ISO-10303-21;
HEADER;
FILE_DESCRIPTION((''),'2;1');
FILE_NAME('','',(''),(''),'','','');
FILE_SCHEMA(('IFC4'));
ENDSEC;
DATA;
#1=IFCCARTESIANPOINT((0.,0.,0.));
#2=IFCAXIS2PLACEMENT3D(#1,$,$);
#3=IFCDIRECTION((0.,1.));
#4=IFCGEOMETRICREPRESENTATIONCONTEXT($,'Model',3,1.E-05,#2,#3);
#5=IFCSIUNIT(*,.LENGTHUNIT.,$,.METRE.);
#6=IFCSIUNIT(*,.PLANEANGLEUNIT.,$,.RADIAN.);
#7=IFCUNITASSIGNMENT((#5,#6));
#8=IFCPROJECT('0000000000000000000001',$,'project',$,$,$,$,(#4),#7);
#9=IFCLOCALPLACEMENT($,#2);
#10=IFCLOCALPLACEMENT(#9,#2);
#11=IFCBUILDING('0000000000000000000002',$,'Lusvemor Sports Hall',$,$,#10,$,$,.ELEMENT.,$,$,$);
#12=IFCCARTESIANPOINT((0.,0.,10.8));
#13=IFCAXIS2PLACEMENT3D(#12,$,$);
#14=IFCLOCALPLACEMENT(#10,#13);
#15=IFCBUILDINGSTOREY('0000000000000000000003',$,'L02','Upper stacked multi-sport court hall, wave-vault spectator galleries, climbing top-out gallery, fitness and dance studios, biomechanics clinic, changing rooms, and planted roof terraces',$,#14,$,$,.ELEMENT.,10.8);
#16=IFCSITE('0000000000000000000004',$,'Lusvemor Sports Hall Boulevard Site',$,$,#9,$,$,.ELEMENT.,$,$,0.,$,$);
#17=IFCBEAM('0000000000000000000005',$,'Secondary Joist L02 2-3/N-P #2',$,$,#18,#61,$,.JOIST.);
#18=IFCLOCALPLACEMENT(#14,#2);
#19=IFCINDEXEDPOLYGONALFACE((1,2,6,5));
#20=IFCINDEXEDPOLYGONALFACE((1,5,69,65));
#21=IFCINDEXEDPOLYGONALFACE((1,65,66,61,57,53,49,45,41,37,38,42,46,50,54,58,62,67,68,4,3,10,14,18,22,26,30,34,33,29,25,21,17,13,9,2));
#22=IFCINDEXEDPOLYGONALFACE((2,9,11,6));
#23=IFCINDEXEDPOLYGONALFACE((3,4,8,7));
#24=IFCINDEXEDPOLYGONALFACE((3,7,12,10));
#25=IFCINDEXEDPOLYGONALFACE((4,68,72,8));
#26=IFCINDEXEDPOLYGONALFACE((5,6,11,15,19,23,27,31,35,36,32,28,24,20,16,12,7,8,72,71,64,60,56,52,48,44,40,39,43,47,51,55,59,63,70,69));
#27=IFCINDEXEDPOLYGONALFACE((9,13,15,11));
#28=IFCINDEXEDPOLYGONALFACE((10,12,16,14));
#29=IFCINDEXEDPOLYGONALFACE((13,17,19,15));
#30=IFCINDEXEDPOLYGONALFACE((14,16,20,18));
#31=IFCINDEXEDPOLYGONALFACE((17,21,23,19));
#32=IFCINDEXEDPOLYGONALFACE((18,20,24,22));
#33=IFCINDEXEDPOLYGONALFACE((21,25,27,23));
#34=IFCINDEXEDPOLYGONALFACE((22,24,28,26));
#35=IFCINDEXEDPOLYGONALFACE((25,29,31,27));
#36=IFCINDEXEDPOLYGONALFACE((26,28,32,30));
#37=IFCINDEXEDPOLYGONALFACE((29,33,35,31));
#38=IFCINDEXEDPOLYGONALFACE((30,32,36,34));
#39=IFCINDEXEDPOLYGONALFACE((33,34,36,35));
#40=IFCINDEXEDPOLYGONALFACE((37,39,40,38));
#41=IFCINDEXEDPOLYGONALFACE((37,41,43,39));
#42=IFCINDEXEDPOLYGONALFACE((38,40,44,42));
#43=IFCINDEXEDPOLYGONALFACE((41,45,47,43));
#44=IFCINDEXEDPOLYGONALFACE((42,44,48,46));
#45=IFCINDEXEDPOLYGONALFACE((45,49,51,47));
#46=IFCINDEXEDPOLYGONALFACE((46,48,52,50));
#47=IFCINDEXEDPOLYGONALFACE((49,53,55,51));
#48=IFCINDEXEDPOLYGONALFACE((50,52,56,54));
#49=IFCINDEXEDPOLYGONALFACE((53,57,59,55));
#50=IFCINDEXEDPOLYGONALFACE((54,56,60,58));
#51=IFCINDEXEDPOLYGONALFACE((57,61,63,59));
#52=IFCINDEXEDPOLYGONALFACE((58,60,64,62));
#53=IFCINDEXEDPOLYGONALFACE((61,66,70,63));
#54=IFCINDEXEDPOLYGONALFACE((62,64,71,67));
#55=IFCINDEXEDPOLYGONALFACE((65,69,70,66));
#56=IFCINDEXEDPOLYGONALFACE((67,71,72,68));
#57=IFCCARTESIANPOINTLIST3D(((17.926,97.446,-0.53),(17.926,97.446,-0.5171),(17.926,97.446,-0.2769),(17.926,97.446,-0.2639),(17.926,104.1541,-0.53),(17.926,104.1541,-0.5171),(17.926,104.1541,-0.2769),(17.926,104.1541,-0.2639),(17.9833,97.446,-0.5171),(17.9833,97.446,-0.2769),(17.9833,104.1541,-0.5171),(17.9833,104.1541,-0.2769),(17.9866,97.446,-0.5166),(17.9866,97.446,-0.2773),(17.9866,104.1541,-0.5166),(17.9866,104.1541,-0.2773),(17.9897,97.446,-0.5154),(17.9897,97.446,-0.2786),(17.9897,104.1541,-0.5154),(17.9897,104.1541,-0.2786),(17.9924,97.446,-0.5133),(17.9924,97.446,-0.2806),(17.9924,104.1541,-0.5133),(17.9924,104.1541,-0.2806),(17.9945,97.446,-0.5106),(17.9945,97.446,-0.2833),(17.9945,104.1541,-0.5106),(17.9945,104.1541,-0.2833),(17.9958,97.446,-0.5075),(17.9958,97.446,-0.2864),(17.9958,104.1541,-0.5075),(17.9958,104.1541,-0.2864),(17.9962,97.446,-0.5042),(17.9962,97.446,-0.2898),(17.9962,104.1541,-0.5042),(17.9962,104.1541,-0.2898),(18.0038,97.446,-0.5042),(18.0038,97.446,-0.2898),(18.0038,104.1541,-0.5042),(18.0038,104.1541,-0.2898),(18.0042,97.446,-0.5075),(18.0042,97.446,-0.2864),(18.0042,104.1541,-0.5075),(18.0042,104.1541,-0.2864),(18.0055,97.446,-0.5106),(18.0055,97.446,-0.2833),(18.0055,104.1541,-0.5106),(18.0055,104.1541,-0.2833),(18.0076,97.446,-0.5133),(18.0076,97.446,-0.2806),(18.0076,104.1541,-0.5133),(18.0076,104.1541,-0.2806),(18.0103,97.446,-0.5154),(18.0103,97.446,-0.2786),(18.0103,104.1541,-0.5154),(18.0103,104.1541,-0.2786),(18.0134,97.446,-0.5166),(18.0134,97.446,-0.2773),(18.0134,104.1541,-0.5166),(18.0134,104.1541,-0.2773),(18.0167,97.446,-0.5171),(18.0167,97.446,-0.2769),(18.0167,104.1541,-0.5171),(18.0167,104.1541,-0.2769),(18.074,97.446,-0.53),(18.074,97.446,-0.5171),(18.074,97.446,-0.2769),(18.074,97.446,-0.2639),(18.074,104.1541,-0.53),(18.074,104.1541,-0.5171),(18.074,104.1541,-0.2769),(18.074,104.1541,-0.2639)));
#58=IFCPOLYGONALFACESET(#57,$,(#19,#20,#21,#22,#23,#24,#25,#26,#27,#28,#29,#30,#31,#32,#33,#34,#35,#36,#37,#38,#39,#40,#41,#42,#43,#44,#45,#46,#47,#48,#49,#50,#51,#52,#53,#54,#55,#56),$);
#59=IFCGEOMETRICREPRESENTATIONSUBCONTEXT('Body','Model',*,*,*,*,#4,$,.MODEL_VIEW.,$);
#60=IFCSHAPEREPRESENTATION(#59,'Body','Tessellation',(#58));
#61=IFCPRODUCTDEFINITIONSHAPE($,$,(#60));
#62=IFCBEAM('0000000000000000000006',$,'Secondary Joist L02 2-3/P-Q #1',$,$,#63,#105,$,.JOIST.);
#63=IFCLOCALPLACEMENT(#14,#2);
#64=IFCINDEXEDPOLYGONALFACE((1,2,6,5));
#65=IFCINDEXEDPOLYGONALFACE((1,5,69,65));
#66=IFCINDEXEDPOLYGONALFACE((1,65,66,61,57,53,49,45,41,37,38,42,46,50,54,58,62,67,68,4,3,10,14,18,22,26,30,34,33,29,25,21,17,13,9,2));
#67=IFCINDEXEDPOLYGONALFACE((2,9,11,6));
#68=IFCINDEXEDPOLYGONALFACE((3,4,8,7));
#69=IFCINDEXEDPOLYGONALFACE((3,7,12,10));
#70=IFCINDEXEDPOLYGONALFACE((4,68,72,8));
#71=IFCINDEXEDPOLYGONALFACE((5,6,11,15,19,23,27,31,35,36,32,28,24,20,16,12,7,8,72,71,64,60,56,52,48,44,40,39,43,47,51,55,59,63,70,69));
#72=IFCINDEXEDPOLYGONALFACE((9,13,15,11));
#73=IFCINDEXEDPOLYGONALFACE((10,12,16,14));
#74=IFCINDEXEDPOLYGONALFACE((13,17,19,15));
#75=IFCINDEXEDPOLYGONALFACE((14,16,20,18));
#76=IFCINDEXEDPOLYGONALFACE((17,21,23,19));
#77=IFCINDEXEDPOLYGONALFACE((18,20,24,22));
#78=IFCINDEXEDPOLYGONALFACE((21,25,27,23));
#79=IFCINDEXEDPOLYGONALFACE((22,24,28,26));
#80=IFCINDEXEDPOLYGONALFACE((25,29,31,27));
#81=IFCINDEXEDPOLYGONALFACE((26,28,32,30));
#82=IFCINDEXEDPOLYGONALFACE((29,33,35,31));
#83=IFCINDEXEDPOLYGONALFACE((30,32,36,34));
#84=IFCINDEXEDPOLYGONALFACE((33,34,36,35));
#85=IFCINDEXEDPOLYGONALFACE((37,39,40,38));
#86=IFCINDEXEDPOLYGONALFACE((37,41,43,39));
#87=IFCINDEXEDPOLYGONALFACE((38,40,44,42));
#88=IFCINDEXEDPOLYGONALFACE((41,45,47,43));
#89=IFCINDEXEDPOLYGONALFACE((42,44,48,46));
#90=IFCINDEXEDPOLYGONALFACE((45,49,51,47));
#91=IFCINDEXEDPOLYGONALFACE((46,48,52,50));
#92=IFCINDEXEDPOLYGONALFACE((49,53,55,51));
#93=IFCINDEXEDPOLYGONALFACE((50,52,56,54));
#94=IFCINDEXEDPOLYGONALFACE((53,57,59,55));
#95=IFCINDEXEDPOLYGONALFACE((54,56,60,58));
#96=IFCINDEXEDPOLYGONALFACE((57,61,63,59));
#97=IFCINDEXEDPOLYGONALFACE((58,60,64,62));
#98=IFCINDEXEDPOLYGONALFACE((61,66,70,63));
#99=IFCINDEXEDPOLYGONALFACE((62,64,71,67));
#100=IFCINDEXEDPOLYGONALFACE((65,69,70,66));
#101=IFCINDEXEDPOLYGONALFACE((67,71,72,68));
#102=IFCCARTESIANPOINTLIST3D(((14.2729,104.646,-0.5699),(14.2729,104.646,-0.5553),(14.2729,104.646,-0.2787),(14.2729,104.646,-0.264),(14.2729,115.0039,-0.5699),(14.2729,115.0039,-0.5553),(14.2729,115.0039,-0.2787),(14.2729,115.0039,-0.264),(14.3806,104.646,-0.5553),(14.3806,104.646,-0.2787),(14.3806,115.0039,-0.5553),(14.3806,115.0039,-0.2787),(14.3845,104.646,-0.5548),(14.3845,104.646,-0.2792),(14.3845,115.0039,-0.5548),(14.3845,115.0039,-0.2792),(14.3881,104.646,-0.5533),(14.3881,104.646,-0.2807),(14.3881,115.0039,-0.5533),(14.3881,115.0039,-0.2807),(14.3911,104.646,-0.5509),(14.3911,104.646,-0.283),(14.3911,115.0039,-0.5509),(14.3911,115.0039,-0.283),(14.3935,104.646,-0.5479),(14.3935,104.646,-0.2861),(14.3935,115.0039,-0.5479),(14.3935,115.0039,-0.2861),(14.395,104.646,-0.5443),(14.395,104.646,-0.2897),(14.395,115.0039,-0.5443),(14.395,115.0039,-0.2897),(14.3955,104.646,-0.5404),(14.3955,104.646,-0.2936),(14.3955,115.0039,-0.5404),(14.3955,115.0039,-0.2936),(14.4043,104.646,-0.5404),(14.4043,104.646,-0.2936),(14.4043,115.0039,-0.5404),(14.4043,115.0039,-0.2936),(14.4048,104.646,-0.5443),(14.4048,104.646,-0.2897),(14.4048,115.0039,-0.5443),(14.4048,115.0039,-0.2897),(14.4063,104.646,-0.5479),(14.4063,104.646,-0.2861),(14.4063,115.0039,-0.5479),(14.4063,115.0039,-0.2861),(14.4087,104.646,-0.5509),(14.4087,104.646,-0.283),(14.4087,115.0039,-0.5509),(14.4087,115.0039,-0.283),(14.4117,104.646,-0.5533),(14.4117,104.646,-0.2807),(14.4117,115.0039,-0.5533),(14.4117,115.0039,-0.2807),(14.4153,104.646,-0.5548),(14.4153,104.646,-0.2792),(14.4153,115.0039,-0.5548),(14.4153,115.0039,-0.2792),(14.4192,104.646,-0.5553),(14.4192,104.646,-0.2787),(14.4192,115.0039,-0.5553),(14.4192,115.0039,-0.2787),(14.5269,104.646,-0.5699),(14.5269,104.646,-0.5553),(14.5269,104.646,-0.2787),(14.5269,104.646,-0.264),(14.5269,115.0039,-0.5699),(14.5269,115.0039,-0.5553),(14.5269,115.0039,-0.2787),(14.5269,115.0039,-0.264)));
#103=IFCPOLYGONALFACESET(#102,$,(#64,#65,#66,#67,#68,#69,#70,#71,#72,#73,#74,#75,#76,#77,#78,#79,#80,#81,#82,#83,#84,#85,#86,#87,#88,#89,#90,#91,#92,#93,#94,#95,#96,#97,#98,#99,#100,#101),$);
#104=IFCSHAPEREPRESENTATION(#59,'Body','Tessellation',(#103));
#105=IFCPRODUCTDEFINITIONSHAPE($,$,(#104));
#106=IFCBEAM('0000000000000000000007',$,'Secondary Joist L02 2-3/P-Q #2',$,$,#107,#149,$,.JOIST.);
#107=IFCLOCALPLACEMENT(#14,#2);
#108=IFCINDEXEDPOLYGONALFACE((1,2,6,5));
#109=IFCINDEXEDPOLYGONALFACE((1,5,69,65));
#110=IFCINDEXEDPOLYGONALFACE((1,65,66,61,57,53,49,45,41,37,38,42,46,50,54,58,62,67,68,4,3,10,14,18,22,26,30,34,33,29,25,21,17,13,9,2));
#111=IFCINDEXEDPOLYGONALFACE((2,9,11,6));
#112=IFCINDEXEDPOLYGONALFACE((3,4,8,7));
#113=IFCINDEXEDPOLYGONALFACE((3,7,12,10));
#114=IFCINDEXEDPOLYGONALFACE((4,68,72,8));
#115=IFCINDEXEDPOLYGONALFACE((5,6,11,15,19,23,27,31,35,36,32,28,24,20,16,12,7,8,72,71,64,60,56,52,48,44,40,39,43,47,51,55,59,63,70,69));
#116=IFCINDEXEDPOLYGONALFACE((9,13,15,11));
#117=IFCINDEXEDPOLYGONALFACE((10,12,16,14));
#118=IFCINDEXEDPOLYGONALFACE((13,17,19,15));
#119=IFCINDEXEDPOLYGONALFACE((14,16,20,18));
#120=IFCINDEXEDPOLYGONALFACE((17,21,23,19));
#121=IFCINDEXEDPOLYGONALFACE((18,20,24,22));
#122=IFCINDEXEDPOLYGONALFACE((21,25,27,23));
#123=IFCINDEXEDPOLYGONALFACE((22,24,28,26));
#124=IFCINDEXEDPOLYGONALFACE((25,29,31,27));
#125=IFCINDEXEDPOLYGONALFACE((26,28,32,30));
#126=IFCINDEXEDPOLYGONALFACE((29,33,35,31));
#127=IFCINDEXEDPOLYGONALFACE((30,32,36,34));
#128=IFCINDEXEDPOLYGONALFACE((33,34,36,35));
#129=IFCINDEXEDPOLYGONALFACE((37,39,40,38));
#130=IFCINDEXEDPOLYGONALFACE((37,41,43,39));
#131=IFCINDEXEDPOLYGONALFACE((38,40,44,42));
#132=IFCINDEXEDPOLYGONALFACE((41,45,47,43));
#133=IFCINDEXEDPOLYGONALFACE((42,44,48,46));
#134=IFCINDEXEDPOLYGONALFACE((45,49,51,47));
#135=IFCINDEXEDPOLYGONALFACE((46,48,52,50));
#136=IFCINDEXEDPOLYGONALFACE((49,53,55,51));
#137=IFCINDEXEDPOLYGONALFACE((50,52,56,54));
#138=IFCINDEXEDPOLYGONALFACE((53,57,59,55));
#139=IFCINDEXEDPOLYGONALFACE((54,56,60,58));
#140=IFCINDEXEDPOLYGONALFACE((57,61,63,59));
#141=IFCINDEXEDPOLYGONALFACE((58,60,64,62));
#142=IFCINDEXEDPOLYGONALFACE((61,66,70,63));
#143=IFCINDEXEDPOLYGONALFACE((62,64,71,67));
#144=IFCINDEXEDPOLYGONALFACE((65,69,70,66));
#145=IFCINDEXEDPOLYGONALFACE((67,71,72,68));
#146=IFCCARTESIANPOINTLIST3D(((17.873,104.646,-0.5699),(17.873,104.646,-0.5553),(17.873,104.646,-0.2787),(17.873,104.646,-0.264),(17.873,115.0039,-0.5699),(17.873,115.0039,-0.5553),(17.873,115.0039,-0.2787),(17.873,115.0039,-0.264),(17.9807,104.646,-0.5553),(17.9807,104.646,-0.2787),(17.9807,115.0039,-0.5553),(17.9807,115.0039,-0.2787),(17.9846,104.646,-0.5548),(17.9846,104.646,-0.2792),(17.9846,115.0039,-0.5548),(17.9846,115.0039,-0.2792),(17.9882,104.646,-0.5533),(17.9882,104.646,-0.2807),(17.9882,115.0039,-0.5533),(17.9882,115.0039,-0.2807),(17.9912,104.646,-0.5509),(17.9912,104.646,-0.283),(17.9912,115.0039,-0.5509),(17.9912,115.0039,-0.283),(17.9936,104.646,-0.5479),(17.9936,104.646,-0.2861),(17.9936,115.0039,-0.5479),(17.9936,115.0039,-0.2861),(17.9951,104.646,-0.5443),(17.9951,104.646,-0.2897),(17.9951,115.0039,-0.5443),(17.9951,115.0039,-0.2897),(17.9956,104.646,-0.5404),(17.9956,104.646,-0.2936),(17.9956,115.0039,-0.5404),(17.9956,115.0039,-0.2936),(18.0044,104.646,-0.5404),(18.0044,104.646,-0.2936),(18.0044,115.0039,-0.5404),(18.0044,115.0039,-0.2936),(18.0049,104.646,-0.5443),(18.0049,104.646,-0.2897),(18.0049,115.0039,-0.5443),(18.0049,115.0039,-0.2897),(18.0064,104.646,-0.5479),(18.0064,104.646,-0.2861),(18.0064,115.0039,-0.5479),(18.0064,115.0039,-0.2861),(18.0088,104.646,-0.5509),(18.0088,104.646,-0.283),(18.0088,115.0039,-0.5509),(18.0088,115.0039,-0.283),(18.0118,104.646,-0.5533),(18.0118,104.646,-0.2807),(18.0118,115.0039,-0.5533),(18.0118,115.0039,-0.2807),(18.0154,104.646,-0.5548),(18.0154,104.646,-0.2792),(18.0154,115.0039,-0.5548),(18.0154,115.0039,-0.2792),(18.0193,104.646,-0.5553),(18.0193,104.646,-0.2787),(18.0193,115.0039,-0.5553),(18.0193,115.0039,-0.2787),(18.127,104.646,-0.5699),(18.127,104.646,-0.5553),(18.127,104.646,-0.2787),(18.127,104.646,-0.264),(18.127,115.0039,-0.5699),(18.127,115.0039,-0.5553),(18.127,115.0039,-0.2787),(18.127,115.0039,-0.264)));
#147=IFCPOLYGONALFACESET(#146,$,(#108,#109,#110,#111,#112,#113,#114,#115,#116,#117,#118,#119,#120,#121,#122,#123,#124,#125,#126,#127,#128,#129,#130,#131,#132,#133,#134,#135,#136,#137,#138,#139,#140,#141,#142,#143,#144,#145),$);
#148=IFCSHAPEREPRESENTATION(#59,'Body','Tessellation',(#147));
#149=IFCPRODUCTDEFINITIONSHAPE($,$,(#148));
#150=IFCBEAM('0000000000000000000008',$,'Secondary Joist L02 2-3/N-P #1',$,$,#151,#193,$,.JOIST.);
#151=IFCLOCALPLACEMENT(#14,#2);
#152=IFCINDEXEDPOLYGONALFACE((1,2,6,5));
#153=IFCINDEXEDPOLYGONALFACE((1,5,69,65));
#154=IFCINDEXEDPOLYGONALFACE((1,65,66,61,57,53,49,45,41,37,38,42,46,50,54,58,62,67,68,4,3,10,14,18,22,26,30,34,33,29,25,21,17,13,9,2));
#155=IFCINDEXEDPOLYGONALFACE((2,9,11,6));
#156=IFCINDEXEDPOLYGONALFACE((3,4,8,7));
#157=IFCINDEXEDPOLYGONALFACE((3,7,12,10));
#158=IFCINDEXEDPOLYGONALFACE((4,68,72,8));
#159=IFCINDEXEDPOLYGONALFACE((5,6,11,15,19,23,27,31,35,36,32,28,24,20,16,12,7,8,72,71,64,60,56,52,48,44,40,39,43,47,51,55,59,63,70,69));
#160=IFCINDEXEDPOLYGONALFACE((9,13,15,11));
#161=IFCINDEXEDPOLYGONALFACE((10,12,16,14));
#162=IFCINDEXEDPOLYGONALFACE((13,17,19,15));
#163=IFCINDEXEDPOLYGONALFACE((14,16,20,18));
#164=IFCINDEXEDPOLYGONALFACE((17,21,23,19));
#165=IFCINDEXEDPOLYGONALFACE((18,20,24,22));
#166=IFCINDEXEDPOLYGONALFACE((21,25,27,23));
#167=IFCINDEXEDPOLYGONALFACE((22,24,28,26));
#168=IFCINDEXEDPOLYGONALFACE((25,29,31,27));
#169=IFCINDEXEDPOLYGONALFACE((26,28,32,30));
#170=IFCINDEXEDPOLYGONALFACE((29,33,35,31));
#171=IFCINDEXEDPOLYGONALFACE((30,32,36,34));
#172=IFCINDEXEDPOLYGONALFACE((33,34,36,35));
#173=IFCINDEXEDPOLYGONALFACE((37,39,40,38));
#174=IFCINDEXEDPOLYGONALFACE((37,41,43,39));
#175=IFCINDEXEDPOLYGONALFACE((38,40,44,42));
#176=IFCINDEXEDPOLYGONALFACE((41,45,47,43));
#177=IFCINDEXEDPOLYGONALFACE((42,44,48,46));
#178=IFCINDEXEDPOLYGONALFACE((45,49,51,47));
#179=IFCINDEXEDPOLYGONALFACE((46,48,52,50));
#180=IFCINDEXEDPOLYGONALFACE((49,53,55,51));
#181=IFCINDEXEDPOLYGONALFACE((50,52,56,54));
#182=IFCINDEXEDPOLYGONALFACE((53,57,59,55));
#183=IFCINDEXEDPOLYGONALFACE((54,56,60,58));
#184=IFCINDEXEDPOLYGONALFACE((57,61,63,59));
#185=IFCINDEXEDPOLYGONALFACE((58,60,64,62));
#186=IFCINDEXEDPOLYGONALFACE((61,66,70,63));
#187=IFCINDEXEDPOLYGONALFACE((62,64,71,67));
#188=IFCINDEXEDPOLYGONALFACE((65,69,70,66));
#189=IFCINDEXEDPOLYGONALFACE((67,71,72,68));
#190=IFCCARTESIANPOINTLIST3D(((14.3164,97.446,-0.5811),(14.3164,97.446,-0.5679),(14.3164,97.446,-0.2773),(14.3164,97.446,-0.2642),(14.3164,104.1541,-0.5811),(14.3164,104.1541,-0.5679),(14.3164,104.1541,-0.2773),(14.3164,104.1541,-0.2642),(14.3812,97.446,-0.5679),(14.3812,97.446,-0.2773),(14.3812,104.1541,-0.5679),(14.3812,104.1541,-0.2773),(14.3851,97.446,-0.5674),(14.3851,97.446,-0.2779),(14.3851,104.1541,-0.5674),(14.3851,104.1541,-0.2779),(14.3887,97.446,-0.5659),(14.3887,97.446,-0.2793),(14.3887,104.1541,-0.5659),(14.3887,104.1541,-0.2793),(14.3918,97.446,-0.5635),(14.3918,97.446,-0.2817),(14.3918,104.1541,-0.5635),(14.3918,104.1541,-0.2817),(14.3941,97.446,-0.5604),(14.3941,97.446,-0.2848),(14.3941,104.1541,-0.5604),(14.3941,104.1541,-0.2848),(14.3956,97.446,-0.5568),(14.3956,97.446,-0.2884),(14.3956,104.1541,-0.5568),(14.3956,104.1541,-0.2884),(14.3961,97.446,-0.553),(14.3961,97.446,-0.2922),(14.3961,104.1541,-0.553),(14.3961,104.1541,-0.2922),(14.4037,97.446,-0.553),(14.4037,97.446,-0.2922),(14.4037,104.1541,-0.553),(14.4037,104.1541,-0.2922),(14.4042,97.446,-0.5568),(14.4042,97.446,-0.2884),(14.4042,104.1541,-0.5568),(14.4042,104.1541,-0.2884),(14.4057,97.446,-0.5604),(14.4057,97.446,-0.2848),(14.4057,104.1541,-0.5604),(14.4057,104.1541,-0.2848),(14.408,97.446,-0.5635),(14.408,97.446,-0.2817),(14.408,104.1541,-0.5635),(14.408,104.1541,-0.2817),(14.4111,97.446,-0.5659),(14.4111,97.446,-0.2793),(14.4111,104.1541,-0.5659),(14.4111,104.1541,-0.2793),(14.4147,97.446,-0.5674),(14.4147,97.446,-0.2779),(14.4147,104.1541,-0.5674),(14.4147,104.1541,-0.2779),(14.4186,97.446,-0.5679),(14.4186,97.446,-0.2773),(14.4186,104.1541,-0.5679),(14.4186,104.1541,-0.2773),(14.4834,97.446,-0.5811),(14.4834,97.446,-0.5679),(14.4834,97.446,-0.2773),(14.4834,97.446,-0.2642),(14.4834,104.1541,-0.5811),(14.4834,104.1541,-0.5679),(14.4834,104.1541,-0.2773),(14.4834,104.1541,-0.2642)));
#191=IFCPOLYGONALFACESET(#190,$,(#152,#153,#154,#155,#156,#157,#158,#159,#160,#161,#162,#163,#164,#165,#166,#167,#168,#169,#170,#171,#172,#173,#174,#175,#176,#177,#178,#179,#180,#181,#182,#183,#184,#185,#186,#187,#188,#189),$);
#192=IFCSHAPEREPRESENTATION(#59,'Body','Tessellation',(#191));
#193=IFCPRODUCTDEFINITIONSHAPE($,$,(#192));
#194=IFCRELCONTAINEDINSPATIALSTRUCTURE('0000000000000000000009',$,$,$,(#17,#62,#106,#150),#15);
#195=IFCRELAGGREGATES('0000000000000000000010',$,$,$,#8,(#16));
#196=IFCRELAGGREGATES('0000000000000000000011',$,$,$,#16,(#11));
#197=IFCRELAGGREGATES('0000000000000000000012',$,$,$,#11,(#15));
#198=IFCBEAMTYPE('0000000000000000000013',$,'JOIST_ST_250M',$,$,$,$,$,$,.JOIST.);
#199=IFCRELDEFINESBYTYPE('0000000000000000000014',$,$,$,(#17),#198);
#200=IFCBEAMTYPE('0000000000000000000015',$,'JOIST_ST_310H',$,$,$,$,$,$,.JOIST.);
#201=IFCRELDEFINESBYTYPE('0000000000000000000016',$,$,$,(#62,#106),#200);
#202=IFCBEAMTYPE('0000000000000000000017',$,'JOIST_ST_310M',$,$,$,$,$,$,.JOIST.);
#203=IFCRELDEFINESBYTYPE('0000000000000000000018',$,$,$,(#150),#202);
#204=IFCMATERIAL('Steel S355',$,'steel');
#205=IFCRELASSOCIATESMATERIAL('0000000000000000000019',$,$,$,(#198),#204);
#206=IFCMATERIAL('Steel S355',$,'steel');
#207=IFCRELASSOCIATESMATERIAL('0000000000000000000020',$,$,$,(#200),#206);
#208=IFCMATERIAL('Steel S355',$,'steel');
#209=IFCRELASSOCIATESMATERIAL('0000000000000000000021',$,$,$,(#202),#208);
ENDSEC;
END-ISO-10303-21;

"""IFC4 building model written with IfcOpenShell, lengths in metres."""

from ifc_helpers import new_model, si_unit, direction, frame, origin, origin_2d, place, context, subcontext, project, spatial, i_section, extrude, material, material_profile, profile_set, type_object, element, save


model = new_model("IFC4")

# Units and contexts
model_context = context("Model", 3, precision=1e-05, world=origin(), true_north=direction((0.0, 1.0)))
body_context = subcontext(model_context, "Body", "Model", "MODEL_VIEW")
ifc_project = project(units=[si_unit("LENGTHUNIT", "METRE"), si_unit("PLANEANGLEUNIT", "RADIAN")], contexts=[model_context])

# Site, building, storey
site_placement = place(None, origin())
site = spatial("IfcSite", under=ifc_project, at=site_placement, Name="Lusvemor Sports Hall Boulevard Site", CompositionType="ELEMENT", RefElevation=0.0)
building_placement = place(site_placement, origin())
building = spatial("IfcBuilding", under=site, at=building_placement, Name="Lusvemor Sports Hall", CompositionType="ELEMENT")
storey_placement = place(building_placement, frame((0.0, 0.0, 10.8)))
storey = spatial("IfcBuildingStorey", under=building, at=storey_placement, Name="L02", Description="Upper stacked multi-sport court hall, wave-vault spectator galleries, climbing top-out gallery, fitness and dance studios, biomechanics clinic, changing rooms, and planted roof terraces", CompositionType="ELEMENT", Elevation=10.8)

# Beams
ifc_material_1 = material(Name="Steel S355", Category="steel")
ifc_material_profile_1 = material_profile(ifc_material_1, i_section(OverallWidth=0.1479, OverallDepth=0.2661, WebThickness=0.0076, FlangeThickness=0.0129, FilletRadius=0.0129, at=origin_2d()), Name="W250x44.8")
ifc_profile_set_1 = profile_set([ifc_material_profile_1], Name="Steel S355")
beam_type_1 = type_object("IfcBeamType", Name="JOIST_ST_250M", PredefinedType="JOIST", material=ifc_profile_set_1)
beam_1_placement = place(storey_placement, frame((18.0, 97.446, -0.397), z_axis=(0.0, 1.0, 0.0), x_axis=(-1.0, 0.0, 0.0)))
element("IfcBeam", 1, at=beam_1_placement, inside=storey, type_object=beam_type_1, Name="Secondary Joist L02 2-3/N-P #2", PredefinedType="JOIST", context=body_context, shape_type="SweptSolid", body=[
    extrude(i_section(OverallWidth=0.1479, OverallDepth=0.2661, WebThickness=0.0076, FlangeThickness=0.0129, FilletRadius=0.0129, at=origin_2d()), origin(), (0.0, 0.0, 1.0), 6.708),
])
ifc_material_2 = material(Name="Steel S355", Category="steel")
ifc_material_profile_2 = material_profile(ifc_material_2, i_section(OverallWidth=0.2539, OverallDepth=0.3059, WebThickness=0.0088, FlangeThickness=0.0146, FilletRadius=0.0149, at=origin_2d()), Name="W310x79.0")
ifc_profile_set_2 = profile_set([ifc_material_profile_2], Name="Steel S355")
beam_type_2 = type_object("IfcBeamType", Name="JOIST_ST_310H", PredefinedType="JOIST", material=ifc_profile_set_2)
for number, where, z_axis, x_axis, name in (
    (2, (14.3999, 104.646, -0.417), (0.0, 1.0, 0.0), (-1.0, 0.0, 0.0), "Secondary Joist L02 2-3/P-Q #1"),
    (3, (18.0, 104.646, -0.417), (0.0, 1.0, 0.0), (-1.0, 0.0, 0.0), "Secondary Joist L02 2-3/P-Q #2"),
):
    element("IfcBeam", number, at=place(storey_placement, frame(where, z_axis=z_axis, x_axis=x_axis)), inside=storey, type_object=beam_type_2, Name=name, PredefinedType="JOIST", context=body_context, shape_type="SweptSolid", body=[
        extrude(i_section(OverallWidth=0.2539, OverallDepth=0.3059, WebThickness=0.0088, FlangeThickness=0.0146, FilletRadius=0.0149, at=origin_2d()), origin(), (0.0, 0.0, 1.0), 10.3579),
    ])
ifc_material_3 = material(Name="Steel S355", Category="steel")
ifc_material_profile_3 = material_profile(ifc_material_3, i_section(OverallWidth=0.167, OverallDepth=0.3169, WebThickness=0.0076, FlangeThickness=0.0132, FilletRadius=0.0149, at=origin_2d()), Name="W310x52.0")
ifc_profile_set_3 = profile_set([ifc_material_profile_3], Name="Steel S355")
beam_type_3 = type_object("IfcBeamType", Name="JOIST_ST_310M", PredefinedType="JOIST", material=ifc_profile_set_3)
beam_2_placement = place(storey_placement, frame((14.3999, 97.446, -0.4226), z_axis=(0.0, 1.0, 0.0), x_axis=(-1.0, 0.0, 0.0)))
element("IfcBeam", 4, at=beam_2_placement, inside=storey, type_object=beam_type_3, Name="Secondary Joist L02 2-3/N-P #1", PredefinedType="JOIST", context=body_context, shape_type="SweptSolid", body=[
    extrude(i_section(OverallWidth=0.167, OverallDepth=0.3169, WebThickness=0.0076, FlangeThickness=0.0132, FilletRadius=0.0149, at=origin_2d()), origin(), (0.0, 0.0, 1.0), 6.708),
])

save(model, "model.ifc")
